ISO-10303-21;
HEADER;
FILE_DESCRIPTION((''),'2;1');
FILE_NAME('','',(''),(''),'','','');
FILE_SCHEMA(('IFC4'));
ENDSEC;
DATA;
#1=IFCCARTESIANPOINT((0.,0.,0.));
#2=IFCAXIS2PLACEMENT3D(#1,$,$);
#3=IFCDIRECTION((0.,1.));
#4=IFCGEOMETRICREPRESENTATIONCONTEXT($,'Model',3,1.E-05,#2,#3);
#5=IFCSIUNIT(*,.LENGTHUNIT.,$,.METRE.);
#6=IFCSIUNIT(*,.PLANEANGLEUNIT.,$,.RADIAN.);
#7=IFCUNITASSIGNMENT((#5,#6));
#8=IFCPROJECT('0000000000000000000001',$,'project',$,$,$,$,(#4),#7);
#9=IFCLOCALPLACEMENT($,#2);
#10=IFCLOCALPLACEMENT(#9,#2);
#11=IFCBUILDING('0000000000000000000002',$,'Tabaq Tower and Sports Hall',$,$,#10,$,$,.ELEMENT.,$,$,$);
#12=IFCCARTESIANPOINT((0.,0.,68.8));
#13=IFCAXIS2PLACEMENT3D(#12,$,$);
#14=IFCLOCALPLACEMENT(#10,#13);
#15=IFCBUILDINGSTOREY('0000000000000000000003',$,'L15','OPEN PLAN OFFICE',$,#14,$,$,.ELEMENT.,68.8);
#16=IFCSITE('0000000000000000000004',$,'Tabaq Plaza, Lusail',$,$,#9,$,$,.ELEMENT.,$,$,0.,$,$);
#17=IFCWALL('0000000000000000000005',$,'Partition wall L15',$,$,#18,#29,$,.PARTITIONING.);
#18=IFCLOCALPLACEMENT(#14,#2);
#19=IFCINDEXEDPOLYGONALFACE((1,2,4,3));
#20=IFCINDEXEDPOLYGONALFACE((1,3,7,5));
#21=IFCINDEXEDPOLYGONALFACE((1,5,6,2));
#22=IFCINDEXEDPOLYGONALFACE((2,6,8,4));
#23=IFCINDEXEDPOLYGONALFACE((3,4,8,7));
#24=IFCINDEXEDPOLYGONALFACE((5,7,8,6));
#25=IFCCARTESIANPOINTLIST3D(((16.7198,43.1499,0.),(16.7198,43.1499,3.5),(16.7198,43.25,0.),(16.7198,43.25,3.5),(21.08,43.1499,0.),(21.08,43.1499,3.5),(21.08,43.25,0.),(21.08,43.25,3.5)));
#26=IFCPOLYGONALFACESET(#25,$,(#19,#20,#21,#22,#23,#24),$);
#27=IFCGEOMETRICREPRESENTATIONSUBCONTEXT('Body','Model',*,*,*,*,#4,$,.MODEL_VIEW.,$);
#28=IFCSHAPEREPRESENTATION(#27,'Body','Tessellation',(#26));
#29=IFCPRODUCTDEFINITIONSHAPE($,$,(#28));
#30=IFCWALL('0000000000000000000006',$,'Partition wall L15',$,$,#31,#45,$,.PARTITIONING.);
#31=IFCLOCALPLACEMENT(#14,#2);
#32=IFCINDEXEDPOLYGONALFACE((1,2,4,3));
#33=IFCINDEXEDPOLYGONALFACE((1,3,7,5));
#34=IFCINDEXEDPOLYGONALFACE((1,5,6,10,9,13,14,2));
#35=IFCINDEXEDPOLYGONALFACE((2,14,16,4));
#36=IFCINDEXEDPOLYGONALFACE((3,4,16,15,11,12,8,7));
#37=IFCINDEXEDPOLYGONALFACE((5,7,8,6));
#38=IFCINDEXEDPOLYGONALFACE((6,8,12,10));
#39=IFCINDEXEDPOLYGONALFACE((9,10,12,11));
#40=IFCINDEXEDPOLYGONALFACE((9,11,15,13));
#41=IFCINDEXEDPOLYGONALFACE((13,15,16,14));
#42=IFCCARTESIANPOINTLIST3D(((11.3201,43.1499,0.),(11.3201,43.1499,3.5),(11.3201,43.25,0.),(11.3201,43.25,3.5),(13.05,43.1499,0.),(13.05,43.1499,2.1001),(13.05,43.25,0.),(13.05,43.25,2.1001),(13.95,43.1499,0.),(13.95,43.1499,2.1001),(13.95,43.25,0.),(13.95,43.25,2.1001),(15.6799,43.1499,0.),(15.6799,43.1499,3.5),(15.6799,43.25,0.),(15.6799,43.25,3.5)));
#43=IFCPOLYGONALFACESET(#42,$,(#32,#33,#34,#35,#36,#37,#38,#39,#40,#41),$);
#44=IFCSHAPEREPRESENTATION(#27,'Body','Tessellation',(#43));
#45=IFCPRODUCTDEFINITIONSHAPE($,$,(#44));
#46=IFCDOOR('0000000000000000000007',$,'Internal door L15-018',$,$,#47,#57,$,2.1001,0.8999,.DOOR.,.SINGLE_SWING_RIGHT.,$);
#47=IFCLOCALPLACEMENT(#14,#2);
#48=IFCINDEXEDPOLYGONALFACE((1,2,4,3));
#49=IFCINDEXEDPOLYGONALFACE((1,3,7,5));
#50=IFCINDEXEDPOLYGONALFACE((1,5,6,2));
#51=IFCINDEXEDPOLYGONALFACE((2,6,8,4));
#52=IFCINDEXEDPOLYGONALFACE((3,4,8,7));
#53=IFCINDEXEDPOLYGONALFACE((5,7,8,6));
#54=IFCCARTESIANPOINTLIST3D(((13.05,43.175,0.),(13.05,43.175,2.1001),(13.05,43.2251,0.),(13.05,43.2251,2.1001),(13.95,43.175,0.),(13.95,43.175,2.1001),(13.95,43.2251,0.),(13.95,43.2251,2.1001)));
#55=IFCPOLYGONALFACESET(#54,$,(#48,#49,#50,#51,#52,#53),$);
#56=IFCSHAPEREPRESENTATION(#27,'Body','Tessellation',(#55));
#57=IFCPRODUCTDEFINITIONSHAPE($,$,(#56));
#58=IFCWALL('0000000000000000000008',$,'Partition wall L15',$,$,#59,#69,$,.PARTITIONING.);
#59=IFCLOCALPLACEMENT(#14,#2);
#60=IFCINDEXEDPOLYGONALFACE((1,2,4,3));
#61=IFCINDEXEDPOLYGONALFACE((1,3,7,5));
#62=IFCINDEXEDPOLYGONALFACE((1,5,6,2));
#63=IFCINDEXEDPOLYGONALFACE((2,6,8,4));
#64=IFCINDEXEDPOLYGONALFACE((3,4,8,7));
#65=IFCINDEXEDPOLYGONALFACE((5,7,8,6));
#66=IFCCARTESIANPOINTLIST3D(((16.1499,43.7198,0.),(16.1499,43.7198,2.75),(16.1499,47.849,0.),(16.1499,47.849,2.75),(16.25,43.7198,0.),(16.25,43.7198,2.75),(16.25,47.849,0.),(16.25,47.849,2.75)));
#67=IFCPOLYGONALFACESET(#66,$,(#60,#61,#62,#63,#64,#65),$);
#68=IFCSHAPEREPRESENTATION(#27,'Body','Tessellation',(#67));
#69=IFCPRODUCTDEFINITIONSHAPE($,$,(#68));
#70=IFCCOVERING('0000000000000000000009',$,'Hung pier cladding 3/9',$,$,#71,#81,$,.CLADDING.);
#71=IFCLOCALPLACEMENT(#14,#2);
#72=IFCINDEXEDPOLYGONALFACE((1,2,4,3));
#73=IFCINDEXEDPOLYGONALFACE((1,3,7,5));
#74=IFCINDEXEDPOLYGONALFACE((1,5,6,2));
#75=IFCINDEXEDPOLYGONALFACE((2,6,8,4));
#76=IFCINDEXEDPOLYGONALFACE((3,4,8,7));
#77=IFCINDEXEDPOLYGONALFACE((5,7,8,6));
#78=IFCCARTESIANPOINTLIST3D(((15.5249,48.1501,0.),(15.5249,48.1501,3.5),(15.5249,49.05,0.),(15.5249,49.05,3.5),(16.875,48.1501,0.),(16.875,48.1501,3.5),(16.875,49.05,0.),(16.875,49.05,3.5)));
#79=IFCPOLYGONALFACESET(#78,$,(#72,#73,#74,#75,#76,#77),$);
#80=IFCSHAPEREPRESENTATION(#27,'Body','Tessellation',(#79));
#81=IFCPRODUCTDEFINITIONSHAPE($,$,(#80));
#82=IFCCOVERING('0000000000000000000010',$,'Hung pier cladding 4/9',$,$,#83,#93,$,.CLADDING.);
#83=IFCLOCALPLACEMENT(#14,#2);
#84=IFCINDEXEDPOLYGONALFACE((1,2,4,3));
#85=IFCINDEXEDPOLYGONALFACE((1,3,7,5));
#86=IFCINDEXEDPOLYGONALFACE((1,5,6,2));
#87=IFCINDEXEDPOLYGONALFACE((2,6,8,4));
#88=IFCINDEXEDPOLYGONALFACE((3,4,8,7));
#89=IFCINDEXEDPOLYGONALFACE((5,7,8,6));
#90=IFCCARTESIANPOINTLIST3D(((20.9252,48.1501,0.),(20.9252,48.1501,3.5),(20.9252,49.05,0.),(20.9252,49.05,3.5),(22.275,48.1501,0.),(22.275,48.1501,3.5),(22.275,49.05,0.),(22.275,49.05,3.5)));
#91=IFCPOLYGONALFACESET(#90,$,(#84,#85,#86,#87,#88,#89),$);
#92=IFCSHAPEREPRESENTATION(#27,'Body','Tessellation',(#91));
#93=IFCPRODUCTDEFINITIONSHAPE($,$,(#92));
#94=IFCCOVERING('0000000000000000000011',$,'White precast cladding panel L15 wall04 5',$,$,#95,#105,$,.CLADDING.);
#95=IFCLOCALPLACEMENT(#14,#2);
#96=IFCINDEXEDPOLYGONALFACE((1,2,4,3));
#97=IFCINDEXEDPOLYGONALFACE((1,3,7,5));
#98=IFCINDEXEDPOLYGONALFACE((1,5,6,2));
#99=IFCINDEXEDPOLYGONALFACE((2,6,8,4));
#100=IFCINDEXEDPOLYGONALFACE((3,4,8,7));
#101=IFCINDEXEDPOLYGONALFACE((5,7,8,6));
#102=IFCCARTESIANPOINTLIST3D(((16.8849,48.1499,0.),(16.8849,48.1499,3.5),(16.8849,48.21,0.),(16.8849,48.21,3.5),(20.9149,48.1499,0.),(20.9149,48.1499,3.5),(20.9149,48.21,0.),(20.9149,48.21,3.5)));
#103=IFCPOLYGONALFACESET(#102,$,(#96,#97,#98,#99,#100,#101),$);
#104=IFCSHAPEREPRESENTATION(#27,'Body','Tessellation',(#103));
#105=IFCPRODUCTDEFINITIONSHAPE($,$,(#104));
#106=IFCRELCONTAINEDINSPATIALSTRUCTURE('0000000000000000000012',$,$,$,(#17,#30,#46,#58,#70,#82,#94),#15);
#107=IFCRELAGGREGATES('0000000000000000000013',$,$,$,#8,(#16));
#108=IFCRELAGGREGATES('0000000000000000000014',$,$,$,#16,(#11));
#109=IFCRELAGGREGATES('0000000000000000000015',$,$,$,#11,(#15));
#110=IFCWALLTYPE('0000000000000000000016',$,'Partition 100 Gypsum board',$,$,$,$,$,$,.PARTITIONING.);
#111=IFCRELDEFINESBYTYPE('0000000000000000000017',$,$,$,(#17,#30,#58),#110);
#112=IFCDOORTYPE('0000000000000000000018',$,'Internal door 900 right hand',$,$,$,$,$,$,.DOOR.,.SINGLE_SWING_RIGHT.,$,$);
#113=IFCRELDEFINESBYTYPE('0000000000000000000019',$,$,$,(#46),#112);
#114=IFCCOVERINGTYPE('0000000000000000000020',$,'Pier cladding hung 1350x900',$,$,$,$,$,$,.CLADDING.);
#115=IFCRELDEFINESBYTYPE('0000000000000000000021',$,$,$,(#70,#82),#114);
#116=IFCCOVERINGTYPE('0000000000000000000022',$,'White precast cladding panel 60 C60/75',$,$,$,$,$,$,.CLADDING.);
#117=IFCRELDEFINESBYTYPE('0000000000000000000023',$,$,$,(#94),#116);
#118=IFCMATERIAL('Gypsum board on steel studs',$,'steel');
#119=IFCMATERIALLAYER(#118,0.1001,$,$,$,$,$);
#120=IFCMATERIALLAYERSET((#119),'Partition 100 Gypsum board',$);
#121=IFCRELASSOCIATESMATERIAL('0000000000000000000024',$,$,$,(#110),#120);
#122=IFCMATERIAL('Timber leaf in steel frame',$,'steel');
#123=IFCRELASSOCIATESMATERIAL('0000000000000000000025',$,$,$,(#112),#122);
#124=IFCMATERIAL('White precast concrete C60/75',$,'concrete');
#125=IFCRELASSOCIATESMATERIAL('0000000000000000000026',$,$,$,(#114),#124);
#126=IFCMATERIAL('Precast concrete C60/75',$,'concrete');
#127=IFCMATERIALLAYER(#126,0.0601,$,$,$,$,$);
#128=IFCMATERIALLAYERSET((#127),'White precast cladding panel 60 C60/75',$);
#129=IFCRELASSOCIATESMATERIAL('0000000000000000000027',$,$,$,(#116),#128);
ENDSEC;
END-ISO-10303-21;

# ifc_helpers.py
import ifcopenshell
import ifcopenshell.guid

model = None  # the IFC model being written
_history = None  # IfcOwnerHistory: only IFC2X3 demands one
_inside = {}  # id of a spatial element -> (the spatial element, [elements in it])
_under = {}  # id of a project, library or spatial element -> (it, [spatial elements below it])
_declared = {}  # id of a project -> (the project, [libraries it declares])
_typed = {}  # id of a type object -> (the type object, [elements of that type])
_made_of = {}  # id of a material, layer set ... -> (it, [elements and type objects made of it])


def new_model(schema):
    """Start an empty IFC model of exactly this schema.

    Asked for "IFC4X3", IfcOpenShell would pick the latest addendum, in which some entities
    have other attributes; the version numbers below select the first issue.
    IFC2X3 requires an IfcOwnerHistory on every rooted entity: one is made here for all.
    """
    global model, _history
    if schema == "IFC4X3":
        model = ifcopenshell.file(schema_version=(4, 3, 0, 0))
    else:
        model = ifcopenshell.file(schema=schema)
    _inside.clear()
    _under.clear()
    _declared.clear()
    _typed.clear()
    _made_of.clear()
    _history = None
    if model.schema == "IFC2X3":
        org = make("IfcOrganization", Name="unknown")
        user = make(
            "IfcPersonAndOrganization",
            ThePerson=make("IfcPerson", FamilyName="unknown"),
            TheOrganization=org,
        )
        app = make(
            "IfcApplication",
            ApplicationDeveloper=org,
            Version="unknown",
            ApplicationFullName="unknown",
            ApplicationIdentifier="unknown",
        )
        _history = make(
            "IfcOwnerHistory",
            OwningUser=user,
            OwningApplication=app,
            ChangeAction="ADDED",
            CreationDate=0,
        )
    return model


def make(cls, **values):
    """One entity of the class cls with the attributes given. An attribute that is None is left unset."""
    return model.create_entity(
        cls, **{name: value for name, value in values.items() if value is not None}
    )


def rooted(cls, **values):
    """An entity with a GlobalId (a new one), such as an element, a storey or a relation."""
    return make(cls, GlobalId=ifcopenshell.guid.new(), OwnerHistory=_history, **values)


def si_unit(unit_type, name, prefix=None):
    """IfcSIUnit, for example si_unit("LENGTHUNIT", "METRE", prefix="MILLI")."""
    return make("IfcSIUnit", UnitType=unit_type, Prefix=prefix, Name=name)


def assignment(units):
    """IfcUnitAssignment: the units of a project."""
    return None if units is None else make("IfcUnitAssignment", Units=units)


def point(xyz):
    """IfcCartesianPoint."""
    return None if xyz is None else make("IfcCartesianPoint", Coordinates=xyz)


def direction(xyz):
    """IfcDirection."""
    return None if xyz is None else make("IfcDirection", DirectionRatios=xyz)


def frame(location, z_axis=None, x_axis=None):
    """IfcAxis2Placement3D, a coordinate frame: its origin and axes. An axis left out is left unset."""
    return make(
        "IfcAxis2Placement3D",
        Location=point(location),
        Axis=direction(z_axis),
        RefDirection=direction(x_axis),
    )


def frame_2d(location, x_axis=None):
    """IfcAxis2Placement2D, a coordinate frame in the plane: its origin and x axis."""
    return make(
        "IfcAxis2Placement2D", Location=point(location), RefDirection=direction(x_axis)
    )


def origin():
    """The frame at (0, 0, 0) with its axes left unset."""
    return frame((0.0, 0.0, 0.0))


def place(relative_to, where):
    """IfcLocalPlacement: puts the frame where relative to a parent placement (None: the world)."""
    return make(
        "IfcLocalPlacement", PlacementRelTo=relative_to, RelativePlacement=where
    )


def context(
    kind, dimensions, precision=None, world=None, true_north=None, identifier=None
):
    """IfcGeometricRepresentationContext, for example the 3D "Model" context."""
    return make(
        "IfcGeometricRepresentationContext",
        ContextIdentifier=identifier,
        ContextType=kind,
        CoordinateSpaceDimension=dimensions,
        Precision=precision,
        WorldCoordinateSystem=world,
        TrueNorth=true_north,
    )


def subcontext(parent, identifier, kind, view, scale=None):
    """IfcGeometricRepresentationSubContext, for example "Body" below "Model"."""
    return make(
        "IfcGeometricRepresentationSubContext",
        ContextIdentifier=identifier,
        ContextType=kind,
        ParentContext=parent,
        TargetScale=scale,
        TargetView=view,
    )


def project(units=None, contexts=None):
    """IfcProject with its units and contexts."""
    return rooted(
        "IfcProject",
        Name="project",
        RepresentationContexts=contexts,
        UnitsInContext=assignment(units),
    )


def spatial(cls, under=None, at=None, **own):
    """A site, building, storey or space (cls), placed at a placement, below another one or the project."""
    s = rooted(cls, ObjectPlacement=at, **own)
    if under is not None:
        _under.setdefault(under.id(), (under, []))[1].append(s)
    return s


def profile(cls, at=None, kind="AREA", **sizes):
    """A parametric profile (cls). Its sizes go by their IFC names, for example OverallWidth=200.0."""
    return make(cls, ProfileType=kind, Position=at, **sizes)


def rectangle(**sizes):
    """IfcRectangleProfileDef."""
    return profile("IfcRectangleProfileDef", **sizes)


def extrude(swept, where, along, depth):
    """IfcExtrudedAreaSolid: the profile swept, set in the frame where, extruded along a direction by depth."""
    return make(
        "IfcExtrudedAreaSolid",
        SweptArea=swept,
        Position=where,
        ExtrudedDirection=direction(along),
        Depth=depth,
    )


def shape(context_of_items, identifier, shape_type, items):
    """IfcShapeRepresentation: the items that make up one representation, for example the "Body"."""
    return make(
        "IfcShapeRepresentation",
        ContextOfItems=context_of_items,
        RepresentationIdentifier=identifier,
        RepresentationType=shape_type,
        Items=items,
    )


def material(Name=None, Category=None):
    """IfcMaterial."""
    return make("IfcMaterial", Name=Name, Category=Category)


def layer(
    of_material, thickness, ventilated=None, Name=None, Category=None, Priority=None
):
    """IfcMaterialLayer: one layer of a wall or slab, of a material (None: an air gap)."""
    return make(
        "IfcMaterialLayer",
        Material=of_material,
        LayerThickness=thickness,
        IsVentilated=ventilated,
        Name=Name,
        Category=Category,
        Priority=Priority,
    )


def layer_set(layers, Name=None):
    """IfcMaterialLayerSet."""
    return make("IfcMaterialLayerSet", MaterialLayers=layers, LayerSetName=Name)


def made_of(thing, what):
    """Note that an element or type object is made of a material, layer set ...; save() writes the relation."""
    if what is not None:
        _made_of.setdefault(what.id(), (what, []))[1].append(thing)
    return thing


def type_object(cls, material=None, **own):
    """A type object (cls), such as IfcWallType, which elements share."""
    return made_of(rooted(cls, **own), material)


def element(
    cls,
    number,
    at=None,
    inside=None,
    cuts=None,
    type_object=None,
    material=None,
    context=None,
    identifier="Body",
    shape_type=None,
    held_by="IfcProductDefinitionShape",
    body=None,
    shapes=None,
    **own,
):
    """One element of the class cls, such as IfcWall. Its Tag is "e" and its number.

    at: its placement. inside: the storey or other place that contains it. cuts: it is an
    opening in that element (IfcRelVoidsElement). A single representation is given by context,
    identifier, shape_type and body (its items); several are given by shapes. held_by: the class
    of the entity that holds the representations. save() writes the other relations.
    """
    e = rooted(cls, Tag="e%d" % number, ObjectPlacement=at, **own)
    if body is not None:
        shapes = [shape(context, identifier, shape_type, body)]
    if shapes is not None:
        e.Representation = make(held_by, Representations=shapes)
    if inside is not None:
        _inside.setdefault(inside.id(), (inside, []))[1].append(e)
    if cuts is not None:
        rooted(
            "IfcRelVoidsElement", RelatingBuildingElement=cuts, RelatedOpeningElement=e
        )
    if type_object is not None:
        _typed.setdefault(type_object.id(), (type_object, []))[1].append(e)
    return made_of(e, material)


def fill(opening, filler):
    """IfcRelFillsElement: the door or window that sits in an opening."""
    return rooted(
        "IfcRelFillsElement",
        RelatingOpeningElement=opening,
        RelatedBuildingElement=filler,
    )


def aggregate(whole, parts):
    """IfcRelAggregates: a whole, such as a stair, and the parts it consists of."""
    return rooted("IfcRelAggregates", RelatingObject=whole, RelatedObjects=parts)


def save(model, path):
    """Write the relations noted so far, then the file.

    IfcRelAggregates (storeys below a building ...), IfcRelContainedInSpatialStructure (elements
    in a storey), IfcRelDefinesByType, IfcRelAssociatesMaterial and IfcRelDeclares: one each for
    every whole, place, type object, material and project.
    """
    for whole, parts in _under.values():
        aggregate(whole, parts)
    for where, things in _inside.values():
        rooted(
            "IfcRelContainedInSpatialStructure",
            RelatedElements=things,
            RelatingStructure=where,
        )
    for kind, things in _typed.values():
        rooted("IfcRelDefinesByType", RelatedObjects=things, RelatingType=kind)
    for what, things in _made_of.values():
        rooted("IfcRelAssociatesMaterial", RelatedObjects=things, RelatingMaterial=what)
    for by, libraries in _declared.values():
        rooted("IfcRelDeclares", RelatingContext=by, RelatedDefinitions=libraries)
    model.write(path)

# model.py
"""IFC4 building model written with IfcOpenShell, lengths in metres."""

from ifc_helpers import new_model, si_unit, direction, frame, frame_2d, origin, place, context, subcontext, project, spatial, rectangle, extrude, material, layer, layer_set, type_object, element, fill, save


model = new_model("IFC4")

# Units and contexts
model_context = context("Model", 3, precision=1e-05, world=origin(), true_north=direction((0.0, 1.0)))
body_context = subcontext(model_context, "Body", "Model", "MODEL_VIEW")
ifc_project = project(units=[si_unit("LENGTHUNIT", "METRE"), si_unit("PLANEANGLEUNIT", "RADIAN")], contexts=[model_context])

# Site, building, storey
site_placement = place(None, origin())
site = spatial("IfcSite", under=ifc_project, at=site_placement, Name="Tabaq Plaza, Lusail", CompositionType="ELEMENT", RefElevation=0.0)
building_placement = place(site_placement, origin())
building = spatial("IfcBuilding", under=site, at=building_placement, Name="Tabaq Tower and Sports Hall", CompositionType="ELEMENT")
storey_placement = place(building_placement, frame((0.0, 0.0, 68.8)))
storey = spatial("IfcBuildingStorey", under=building, at=storey_placement, Name="L15", Description="OPEN PLAN OFFICE", CompositionType="ELEMENT", Elevation=68.8)

# Shared definitions
ifc_material_1 = material(Name="Gypsum board on steel studs", Category="steel")
ifc_layer_1 = layer(ifc_material_1, 0.1001)
ifc_layer_set_1 = layer_set([ifc_layer_1], Name="Partition 100 Gypsum board")
wall_type_1 = type_object("IfcWallType", Name="Partition 100 Gypsum board", PredefinedType="PARTITIONING", material=ifc_layer_set_1)
ifc_material_2 = material(Name="Timber leaf in steel frame", Category="steel")
door_type = type_object("IfcDoorType", Name="Internal door 900 right hand", OperationType="SINGLE_SWING_RIGHT", PredefinedType="DOOR", material=ifc_material_2)

# Wall
wall_1_placement = place(storey_placement, frame((21.0801, 43.2, 0.0), z_axis=(0.0, 0.0, 1.0), x_axis=(-1.0, 0.0, 0.0)))
element("IfcWall", 1, at=wall_1_placement, inside=storey, type_object=wall_type_1, Name="Partition wall L15", PredefinedType="PARTITIONING", context=body_context, shape_type="SweptSolid", body=[
    extrude(rectangle(XDim=4.3601, YDim=0.1001, at=frame_2d((2.1802, 0.0))), origin(), (0.0, 0.0, 1.0), 3.5),
])

# Wall, opening, door
wall_2_placement = place(storey_placement, frame((15.6799, 43.2, 0.0), z_axis=(0.0, 0.0, 1.0), x_axis=(-1.0, 0.0, 0.0)))
wall_2 = element("IfcWall", 2, at=wall_2_placement, inside=storey, type_object=wall_type_1, Name="Partition wall L15", PredefinedType="PARTITIONING", context=body_context, shape_type="SweptSolid", body=[
    extrude(rectangle(XDim=4.3599, YDim=0.1001, at=frame_2d((2.1799, 0.0))), origin(), (0.0, 0.0, 1.0), 3.5),
])
opening_1_placement = place(wall_2_placement, frame((1.73, 0.0, 0.0)))
opening_1 = element("IfcOpeningElement", 3, at=opening_1_placement, cuts=wall_2, PredefinedType="OPENING", context=body_context, shape_type="SweptSolid", body=[
    extrude(rectangle(XDim=0.8999, YDim=2.1001, at=frame_2d((0.45, 1.05))), frame((0.0, 0.05, 0.0), z_axis=(0.0, -1.0, 0.0), x_axis=(1.0, 0.0, 0.0)), (0.0, 0.0, 1.0), 0.1001),
])
door_1_placement = place(opening_1_placement, origin())
door_1 = element("IfcDoor", 4, at=door_1_placement, inside=storey, type_object=door_type, Name="Internal door L15-018", OperationType="SINGLE_SWING_RIGHT", OverallHeight=2.1001, OverallWidth=0.8999, PredefinedType="DOOR", context=body_context, shape_type="SweptSolid", body=[
    extrude(rectangle(XDim=0.8999, YDim=2.1001, at=frame_2d((0.45, 1.05))), frame((0.0, 0.0249, 0.0), z_axis=(0.0, -1.0, 0.0), x_axis=(1.0, 0.0, 0.0)), (0.0, 0.0, 1.0), 0.05),
])
fill(opening_1, door_1)

# Wall
wall_3_placement = place(storey_placement, frame((16.2, 43.72, 0.0), z_axis=(0.0, 0.0, 1.0), x_axis=(0.0, 1.0, 0.0)))
element("IfcWall", 5, at=wall_3_placement, inside=storey, type_object=wall_type_1, Name="Partition wall L15", PredefinedType="PARTITIONING", context=body_context, shape_type="SweptSolid", body=[
    extrude(rectangle(XDim=4.1292, YDim=0.1001, at=frame_2d((2.0645, 0.0))), origin(), (0.0, 0.0, 1.0), 2.75),
])

# Coverings
ifc_material_3 = material(Name="White precast concrete C60/75", Category="concrete")
covering_type_1 = type_object("IfcCoveringType", Name="Pier cladding hung 1350x900", PredefinedType="CLADDING", material=ifc_material_3)
covering_1_placement = place(storey_placement, frame((16.875, 48.6001, 0.0), z_axis=(0.0, 0.0, 1.0), x_axis=(-1.0, 0.0, 0.0)))
element("IfcCovering", 6, at=covering_1_placement, inside=storey, type_object=covering_type_1, Name="Hung pier cladding 3/9", PredefinedType="CLADDING", context=body_context, shape_type="SweptSolid", body=[
    extrude(rectangle(XDim=1.3501, YDim=0.8999, at=frame_2d((0.675, 0.0))), origin(), (0.0, 0.0, 1.0), 3.5),
])
covering_2_placement = place(storey_placement, frame((22.2749, 48.6001, 0.0), z_axis=(0.0, 0.0, 1.0), x_axis=(-1.0, 0.0, 0.0)))
element("IfcCovering", 7, at=covering_2_placement, inside=storey, type_object=covering_type_1, Name="Hung pier cladding 4/9", PredefinedType="CLADDING", context=body_context, shape_type="SweptSolid", body=[
    extrude(rectangle(XDim=1.3499, YDim=0.8999, at=frame_2d((0.6748, 0.0))), origin(), (0.0, 0.0, 1.0), 3.5),
])
ifc_material_4 = material(Name="Precast concrete C60/75", Category="concrete")
ifc_layer_2 = layer(ifc_material_4, 0.0601)
ifc_layer_set_2 = layer_set([ifc_layer_2], Name="White precast cladding panel 60 C60/75")
covering_type_2 = type_object("IfcCoveringType", Name="White precast cladding panel 60 C60/75", PredefinedType="CLADDING", material=ifc_layer_set_2)
covering_3_placement = place(storey_placement, frame((20.915, 48.1799, 0.0), z_axis=(0.0, 0.0, 1.0), x_axis=(-1.0, 0.0, 0.0)))
element("IfcCovering", 8, at=covering_3_placement, inside=storey, type_object=covering_type_2, Name="White precast cladding panel L15 wall04 5", PredefinedType="CLADDING", context=body_context, shape_type="SweptSolid", body=[
    extrude(rectangle(XDim=4.03, YDim=0.0601, at=frame_2d((2.0151, 0.0))), origin(), (0.0, 0.0, 1.0), 3.5),
])

save(model, "model.ifc")
